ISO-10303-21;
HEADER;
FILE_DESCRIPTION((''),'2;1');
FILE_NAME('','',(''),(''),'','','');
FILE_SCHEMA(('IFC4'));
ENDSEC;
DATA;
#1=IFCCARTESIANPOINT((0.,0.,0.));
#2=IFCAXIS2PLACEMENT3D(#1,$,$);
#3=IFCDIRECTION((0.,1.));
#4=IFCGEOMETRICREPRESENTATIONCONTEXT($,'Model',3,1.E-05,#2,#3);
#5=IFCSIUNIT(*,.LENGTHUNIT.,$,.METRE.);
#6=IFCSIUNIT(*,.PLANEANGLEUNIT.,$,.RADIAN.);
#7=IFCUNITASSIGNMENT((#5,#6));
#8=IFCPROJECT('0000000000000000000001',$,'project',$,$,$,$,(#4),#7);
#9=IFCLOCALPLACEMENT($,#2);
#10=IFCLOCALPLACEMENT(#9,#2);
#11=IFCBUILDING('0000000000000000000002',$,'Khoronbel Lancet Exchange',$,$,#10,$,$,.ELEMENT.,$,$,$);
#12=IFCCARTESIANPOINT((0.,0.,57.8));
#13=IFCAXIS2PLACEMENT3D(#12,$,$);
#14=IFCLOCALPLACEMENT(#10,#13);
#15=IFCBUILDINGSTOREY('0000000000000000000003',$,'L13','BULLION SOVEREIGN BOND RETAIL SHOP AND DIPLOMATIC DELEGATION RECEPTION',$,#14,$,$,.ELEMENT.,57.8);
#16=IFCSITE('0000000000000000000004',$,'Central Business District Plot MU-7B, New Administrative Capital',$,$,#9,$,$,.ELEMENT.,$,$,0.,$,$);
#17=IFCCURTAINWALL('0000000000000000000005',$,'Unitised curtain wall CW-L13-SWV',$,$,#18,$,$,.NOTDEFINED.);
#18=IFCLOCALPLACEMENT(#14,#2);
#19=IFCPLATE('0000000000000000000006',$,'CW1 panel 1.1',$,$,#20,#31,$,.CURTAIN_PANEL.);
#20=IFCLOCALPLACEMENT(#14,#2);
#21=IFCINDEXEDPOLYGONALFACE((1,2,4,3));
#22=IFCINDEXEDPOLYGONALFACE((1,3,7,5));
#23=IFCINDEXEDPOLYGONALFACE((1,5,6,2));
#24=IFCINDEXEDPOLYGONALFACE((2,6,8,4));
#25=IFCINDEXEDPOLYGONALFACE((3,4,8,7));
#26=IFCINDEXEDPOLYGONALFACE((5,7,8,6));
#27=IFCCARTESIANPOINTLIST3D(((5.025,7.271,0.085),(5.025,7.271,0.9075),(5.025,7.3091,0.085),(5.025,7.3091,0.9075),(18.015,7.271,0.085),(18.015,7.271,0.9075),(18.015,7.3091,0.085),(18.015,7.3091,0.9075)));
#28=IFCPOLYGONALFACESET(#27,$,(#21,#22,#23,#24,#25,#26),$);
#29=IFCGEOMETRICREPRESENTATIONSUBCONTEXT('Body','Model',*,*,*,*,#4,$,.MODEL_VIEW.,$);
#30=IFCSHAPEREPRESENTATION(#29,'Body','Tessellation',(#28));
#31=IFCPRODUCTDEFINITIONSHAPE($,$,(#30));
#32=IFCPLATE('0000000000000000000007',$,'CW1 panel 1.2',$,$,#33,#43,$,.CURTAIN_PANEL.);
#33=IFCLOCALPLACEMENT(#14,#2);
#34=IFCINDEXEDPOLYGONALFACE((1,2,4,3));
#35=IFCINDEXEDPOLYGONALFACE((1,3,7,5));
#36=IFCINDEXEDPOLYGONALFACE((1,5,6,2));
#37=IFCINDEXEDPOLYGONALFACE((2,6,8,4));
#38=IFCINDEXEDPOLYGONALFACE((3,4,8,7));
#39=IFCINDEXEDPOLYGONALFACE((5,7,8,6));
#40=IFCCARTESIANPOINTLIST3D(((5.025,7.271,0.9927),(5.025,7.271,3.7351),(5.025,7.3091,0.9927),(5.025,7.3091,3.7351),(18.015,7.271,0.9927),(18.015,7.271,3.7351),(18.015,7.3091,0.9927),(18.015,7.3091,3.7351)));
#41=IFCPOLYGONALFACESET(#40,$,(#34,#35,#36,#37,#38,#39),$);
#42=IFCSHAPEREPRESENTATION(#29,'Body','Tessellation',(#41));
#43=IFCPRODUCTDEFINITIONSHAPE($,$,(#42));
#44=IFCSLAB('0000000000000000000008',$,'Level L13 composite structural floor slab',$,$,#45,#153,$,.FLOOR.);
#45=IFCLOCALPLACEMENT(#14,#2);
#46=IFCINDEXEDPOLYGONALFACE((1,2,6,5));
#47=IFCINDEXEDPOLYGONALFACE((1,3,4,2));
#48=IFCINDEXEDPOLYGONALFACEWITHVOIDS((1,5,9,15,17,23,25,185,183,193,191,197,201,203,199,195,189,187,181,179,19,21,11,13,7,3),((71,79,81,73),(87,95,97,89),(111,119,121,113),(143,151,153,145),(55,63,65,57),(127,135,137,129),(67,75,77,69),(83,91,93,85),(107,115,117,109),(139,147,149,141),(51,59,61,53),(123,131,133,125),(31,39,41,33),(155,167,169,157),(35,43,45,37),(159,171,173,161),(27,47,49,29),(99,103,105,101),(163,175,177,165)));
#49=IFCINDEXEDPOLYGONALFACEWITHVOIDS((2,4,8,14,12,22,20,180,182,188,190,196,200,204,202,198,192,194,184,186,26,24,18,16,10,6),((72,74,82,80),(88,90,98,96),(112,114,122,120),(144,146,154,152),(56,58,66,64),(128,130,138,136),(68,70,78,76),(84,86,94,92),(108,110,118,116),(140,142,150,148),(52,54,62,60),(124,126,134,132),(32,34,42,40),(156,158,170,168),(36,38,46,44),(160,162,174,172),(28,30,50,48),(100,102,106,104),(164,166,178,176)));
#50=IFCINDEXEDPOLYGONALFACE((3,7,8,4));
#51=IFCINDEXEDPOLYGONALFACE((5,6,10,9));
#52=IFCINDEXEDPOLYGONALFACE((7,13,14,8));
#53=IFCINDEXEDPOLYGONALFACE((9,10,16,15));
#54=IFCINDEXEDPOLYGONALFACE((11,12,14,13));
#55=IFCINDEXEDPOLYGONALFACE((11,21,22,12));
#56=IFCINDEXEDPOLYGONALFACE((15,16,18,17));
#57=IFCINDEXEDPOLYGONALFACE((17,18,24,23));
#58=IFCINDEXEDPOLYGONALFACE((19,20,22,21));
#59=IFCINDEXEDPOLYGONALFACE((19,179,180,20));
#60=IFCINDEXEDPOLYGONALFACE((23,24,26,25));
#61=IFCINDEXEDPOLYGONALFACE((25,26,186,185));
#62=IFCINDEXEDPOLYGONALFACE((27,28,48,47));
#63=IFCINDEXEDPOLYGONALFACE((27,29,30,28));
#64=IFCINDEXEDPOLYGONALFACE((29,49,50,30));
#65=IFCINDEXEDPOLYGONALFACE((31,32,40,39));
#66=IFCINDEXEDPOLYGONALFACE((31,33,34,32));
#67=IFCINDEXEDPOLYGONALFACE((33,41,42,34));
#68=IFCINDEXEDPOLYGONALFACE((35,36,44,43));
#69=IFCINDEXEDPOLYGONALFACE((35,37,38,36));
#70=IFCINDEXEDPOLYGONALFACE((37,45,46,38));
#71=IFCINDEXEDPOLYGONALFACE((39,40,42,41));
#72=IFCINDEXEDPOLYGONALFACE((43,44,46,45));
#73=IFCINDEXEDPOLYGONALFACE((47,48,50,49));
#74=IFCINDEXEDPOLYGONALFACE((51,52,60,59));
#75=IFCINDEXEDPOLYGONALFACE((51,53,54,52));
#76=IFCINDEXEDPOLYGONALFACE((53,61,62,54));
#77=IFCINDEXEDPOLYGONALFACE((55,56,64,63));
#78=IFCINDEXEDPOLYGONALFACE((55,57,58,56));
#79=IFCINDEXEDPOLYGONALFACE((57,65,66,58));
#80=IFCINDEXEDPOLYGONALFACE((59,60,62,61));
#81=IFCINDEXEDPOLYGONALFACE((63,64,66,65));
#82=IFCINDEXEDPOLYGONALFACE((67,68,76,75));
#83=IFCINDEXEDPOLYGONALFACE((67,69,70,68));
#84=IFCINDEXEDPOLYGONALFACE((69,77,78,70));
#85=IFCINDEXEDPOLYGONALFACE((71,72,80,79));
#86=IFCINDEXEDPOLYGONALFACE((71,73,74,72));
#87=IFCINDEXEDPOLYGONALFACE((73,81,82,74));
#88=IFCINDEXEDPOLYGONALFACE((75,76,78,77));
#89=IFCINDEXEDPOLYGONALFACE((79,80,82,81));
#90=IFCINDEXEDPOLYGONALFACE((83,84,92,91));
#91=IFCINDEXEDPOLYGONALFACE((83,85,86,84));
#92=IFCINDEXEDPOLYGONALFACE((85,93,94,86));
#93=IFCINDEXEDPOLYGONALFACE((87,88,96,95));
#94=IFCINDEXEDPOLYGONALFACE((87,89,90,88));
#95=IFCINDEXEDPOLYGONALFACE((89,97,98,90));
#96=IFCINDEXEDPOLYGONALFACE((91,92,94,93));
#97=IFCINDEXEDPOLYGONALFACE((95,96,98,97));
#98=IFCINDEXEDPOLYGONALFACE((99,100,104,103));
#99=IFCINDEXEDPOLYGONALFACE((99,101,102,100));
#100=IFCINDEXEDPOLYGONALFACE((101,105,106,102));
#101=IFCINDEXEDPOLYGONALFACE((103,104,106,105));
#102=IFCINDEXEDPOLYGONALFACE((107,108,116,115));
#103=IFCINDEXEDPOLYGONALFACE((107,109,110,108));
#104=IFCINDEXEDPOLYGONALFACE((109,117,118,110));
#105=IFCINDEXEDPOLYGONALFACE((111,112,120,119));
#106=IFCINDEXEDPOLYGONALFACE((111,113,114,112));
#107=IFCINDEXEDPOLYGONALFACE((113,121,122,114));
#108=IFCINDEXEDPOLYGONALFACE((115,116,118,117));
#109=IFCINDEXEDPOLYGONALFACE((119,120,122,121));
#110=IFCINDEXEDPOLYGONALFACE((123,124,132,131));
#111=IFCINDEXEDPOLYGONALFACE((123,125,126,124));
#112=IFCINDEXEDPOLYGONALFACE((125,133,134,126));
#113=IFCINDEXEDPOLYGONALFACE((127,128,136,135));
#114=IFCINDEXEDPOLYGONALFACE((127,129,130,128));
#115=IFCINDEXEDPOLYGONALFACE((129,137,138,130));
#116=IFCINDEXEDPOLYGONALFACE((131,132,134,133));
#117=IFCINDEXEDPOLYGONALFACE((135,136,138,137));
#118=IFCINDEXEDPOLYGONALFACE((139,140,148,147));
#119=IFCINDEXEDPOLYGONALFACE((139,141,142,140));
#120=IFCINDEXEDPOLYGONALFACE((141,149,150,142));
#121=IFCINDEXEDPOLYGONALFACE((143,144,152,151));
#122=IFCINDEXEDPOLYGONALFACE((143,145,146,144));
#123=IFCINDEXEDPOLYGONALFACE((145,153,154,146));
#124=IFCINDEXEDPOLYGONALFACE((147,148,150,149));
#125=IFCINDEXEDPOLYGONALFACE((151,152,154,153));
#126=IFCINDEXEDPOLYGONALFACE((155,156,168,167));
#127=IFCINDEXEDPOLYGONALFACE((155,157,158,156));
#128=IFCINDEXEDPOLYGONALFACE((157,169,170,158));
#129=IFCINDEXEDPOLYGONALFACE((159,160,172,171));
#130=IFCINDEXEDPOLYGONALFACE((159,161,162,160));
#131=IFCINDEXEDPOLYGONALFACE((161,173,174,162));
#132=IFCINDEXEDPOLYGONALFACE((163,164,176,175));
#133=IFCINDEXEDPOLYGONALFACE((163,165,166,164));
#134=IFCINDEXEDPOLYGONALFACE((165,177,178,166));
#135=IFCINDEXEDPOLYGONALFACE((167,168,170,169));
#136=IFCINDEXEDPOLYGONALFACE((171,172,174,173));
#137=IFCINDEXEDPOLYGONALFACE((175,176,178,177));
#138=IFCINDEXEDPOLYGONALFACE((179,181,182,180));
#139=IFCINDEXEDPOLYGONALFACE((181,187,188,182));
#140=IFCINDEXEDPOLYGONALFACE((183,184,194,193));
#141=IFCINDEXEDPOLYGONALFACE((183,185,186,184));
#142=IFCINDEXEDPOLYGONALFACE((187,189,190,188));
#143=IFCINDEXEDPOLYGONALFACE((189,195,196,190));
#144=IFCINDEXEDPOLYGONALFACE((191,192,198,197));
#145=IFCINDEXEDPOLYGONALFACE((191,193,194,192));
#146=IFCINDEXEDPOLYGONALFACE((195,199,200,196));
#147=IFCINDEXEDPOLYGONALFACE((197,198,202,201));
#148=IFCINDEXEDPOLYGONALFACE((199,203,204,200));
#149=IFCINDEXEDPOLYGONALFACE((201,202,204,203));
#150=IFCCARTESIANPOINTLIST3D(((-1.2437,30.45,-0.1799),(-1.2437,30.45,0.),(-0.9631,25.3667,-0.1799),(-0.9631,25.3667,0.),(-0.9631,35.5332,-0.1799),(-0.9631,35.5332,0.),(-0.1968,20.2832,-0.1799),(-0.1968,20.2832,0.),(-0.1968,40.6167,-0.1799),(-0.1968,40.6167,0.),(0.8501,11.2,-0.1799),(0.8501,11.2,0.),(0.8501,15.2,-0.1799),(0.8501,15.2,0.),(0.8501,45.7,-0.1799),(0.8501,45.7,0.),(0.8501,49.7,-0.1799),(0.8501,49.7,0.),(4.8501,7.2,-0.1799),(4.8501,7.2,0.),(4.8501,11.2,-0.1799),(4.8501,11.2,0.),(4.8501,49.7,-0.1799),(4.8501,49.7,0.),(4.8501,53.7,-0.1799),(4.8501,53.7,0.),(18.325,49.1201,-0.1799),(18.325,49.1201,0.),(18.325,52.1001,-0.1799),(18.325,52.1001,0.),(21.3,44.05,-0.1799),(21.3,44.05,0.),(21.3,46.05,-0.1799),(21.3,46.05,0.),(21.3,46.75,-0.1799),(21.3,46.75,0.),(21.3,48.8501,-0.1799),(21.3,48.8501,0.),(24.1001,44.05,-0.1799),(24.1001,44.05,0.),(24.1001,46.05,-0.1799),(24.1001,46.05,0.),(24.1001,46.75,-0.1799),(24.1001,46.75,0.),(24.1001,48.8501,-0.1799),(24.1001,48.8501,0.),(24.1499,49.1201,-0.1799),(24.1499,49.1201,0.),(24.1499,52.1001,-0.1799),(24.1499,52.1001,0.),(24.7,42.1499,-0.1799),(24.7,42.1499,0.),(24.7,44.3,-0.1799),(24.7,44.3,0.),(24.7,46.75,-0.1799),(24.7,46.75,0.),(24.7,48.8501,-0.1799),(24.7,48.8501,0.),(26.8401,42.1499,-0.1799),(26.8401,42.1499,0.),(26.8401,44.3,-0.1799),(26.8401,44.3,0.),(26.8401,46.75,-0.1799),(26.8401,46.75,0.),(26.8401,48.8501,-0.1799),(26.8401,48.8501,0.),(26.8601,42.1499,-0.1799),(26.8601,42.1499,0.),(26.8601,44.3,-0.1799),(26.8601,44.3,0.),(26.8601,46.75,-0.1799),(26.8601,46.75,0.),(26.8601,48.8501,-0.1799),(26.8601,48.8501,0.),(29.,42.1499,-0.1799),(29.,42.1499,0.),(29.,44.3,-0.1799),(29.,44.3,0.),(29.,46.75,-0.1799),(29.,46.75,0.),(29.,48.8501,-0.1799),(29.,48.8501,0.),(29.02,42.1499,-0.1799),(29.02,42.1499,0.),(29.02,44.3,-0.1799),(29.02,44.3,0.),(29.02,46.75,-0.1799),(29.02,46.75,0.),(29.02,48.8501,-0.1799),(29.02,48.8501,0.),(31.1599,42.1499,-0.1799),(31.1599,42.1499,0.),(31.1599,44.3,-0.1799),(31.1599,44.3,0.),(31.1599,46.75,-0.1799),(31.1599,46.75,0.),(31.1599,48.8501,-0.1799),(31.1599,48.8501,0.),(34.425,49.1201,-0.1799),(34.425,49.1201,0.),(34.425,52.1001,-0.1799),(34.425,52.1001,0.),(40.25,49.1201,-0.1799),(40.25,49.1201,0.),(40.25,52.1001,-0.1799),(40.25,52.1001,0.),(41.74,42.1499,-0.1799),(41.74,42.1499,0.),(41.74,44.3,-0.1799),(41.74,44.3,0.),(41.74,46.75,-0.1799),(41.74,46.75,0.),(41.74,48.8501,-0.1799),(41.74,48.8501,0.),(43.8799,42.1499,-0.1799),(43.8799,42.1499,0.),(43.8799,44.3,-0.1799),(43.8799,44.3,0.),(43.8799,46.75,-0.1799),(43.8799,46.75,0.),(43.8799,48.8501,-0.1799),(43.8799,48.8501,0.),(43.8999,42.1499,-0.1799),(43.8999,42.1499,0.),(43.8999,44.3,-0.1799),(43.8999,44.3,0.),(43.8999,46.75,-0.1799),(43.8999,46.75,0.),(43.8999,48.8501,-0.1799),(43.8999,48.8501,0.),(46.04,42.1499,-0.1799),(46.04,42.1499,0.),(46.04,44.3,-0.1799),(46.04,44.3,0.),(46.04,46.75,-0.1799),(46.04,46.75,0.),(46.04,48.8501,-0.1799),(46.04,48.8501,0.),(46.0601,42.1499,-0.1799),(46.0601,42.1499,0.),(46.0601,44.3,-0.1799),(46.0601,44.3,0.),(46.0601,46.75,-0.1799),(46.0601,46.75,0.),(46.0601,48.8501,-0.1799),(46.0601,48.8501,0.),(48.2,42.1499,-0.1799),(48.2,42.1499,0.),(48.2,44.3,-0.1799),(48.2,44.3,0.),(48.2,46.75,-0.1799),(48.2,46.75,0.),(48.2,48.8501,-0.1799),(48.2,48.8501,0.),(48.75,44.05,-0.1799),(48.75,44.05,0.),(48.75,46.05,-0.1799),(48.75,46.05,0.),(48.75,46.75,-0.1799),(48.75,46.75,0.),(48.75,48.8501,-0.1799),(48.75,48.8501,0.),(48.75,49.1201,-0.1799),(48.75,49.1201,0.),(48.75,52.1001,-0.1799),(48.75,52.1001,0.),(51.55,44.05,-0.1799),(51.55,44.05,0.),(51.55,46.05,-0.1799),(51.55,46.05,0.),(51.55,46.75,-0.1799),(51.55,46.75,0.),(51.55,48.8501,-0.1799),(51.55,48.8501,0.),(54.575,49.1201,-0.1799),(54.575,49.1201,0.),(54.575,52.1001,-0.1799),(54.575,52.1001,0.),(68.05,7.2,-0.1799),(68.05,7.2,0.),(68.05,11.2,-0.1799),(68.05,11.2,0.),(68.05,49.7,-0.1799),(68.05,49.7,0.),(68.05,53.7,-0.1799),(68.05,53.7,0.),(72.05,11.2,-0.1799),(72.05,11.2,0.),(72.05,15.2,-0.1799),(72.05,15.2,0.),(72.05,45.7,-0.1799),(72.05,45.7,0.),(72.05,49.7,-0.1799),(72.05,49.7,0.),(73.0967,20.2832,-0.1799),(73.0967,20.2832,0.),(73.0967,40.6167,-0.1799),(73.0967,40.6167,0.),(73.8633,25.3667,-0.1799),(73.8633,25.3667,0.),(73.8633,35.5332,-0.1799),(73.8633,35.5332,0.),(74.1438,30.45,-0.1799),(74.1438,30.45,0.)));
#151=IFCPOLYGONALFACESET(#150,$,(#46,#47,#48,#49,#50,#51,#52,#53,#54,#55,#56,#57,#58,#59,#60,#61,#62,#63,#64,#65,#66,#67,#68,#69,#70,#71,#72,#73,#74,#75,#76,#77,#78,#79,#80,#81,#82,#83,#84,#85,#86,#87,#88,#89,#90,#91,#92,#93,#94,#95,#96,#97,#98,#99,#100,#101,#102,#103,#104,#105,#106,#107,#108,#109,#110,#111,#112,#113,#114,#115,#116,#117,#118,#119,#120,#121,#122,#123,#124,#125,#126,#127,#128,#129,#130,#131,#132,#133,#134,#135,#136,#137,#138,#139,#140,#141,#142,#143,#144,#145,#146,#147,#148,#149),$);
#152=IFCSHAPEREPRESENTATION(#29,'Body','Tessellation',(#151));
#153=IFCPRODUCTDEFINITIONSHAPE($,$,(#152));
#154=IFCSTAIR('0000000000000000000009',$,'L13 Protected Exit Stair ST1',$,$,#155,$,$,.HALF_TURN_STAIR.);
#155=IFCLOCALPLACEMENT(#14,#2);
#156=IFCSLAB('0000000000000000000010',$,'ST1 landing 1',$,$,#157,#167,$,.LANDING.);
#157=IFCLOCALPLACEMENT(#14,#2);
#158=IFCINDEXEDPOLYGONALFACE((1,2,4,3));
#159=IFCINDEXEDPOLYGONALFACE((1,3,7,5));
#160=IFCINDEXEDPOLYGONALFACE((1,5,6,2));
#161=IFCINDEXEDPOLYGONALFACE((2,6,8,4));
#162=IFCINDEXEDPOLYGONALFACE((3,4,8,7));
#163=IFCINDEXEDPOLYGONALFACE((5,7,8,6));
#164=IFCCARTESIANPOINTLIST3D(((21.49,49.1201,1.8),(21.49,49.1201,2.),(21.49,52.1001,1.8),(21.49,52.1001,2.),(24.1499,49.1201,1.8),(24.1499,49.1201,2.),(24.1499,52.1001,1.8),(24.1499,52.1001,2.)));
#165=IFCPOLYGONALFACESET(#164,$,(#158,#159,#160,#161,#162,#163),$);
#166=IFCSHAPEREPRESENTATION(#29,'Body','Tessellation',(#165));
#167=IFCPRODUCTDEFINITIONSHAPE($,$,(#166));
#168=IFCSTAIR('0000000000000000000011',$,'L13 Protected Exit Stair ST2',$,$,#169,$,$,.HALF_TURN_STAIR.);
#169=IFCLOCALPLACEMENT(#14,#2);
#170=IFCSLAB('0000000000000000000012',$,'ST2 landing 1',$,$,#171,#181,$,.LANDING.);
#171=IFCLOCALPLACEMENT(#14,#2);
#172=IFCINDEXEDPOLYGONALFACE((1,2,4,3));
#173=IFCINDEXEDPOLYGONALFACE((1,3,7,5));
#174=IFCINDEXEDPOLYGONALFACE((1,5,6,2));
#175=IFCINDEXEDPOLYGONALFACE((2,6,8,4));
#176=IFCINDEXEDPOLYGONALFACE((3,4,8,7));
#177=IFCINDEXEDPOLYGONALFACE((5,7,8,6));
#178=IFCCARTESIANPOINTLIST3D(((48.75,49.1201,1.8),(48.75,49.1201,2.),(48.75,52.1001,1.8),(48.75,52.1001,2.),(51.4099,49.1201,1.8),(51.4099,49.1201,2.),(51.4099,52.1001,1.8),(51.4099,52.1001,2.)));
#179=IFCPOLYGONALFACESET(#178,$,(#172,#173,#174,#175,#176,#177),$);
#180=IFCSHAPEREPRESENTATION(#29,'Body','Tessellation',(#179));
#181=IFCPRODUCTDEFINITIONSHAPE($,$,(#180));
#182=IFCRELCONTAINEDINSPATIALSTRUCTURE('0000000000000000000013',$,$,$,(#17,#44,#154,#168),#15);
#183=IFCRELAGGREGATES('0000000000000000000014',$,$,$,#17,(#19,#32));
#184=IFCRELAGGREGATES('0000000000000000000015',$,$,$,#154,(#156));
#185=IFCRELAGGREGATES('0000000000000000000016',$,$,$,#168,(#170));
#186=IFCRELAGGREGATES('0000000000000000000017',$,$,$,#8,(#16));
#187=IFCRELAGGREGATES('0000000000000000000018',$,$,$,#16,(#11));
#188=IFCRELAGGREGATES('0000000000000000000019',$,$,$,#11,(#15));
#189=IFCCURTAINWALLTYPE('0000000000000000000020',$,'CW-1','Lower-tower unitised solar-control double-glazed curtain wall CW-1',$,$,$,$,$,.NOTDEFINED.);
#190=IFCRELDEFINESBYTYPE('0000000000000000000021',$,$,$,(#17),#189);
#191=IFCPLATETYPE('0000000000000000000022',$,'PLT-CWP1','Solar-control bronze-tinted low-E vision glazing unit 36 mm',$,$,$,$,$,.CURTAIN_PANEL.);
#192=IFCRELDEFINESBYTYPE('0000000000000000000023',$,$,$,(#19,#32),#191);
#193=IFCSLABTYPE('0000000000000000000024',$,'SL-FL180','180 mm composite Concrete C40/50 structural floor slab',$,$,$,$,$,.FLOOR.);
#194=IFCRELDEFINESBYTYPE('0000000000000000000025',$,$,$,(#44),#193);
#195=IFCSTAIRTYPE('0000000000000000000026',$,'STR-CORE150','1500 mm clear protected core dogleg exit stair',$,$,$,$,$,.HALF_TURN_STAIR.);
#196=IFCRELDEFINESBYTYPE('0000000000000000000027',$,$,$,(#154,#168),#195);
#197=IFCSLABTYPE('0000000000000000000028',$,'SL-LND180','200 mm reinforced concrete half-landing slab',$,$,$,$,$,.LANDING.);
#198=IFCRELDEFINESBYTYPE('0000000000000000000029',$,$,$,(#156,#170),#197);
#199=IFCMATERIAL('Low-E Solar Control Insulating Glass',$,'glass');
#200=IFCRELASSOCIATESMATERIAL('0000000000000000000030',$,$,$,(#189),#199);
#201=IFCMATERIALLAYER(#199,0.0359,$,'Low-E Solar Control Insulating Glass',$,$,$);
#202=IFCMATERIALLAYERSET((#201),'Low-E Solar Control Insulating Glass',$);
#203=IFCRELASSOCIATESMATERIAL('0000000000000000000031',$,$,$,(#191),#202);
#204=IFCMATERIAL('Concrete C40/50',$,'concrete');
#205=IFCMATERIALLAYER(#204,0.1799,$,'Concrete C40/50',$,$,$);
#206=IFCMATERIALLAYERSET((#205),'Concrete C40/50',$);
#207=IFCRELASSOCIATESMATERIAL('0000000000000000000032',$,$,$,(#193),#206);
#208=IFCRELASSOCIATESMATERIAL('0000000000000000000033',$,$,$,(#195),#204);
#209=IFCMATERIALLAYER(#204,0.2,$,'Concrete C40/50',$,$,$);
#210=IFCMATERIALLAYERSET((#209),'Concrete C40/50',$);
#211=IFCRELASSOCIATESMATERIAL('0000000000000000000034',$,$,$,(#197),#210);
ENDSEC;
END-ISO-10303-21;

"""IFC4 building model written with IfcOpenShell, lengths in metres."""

from ifc_helpers import new_model, si_unit, direction, frame, origin, origin_2d, place, context, subcontext, project, spatial, polyline, rectangle, outline, extrude, material, layer, layer_set, type_object, element, aggregate, save


model = new_model("IFC4")

# Units and contexts
model_context = context("Model", 3, precision=1e-05, world=origin(), true_north=direction((0.0, 1.0)))
body_context = subcontext(model_context, "Body", "Model", "MODEL_VIEW")
ifc_project = project(units=[si_unit("LENGTHUNIT", "METRE"), si_unit("PLANEANGLEUNIT", "RADIAN")], contexts=[model_context])

# Site, building, storey
site_placement = place(None, origin())
site = spatial("IfcSite", under=ifc_project, at=site_placement, Name="Central Business District Plot MU-7B, New Administrative Capital", CompositionType="ELEMENT", RefElevation=0.0)
building_placement = place(site_placement, origin())
building = spatial("IfcBuilding", under=site, at=building_placement, Name="Khoronbel Lancet Exchange", CompositionType="ELEMENT")
storey_placement = place(building_placement, frame((0.0, 0.0, 57.8)))
storey = spatial("IfcBuildingStorey", under=building, at=storey_placement, Name="L13", Description="BULLION SOVEREIGN BOND RETAIL SHOP AND DIPLOMATIC DELEGATION RECEPTION", CompositionType="ELEMENT", Elevation=57.8)

# Curtain wall
ifc_material_1 = material(Name="Low-E Solar Control Insulating Glass", Category="glass")
curtain_wall_type = type_object("IfcCurtainWallType", Name="CW-1", Description="Lower-tower unitised solar-control double-glazed curtain wall CW-1", PredefinedType="NOTDEFINED", material=ifc_material_1)
curtain_wall_1_placement = place(storey_placement, origin())
curtain_wall_1 = element("IfcCurtainWall", 1, at=curtain_wall_1_placement, inside=storey, type_object=curtain_wall_type, Name="Unitised curtain wall CW-L13-SWV", PredefinedType="NOTDEFINED")

# Plates
ifc_layer_1 = layer(ifc_material_1, 0.0359, Name="Low-E Solar Control Insulating Glass")
ifc_layer_set_1 = layer_set([ifc_layer_1], Name="Low-E Solar Control Insulating Glass")
plate_type = type_object("IfcPlateType", Name="PLT-CWP1", Description="Solar-control bronze-tinted low-E vision glazing unit 36 mm", PredefinedType="CURTAIN_PANEL", material=ifc_layer_set_1)
plate_1_placement = place(storey_placement, frame((11.52, 7.29, 0.085), z_axis=(0.0, 0.0, 1.0), x_axis=(1.0, 0.0, 0.0)))
plate_1 = element("IfcPlate", 2, at=plate_1_placement, type_object=plate_type, Name="CW1 panel 1.1", PredefinedType="CURTAIN_PANEL", context=body_context, shape_type="SweptSolid", body=[
    extrude(rectangle(XDim=12.99, YDim=0.0381, at=origin_2d()), origin(), (0.0, 0.0, 1.0), 0.8225),
])
plate_2_placement = place(storey_placement, frame((11.52, 7.29, 0.9927), z_axis=(0.0, 0.0, 1.0), x_axis=(1.0, 0.0, 0.0)))
plate_2 = element("IfcPlate", 3, at=plate_2_placement, type_object=plate_type, Name="CW1 panel 1.2", PredefinedType="CURTAIN_PANEL", context=body_context, shape_type="SweptSolid", body=[
    extrude(rectangle(XDim=12.99, YDim=0.0381, at=origin_2d()), origin(), (0.0, 0.0, 1.0), 2.7424),
])
aggregate(curtain_wall_1, [plate_1, plate_2])

# Slab
ifc_material_2 = material(Name="Concrete C40/50", Category="concrete")
ifc_layer_2 = layer(ifc_material_2, 0.1799, Name="Concrete C40/50")
ifc_layer_set_2 = layer_set([ifc_layer_2], Name="Concrete C40/50")
slab_type_1 = type_object("IfcSlabType", Name="SL-FL180", Description="180 mm composite Concrete C40/50 structural floor slab", PredefinedType="FLOOR", material=ifc_layer_set_2)
slab_1_placement = place(storey_placement, frame((0.0, 0.0, -0.1799)))
element("IfcSlab", 4, at=slab_1_placement, inside=storey, type_object=slab_type_1, Name="Level L13 composite structural floor slab", PredefinedType="FLOOR", context=body_context, shape_type="SweptSolid", body=[
    extrude(outline(polyline([(4.8501, 7.2), (68.05, 7.2), (68.05, 11.2), (72.05, 11.2), (72.05, 15.2), (73.0967, 20.2832), (73.8633, 25.3667), (74.1438, 30.45), (73.8633, 35.5332), (73.0967, 40.6167), (72.05, 45.7), (72.05, 49.7), (68.05, 49.7), (68.05, 53.7), (4.8501, 53.7), (4.8501, 49.7), (0.8501, 49.7), (0.8501, 45.7), (-0.1968, 40.6167), (-0.9631, 35.5332), (-1.2437, 30.45), (-0.9631, 25.3667), (-0.1968, 20.2832), (0.8501, 15.2), (0.8501, 11.2), (4.8501, 11.2), (4.8501, 7.2)]), holes=[polyline([(18.325, 49.1201), (24.1499, 49.1201), (24.1499, 52.1001), (18.325, 52.1001), (18.325, 49.1201)]), polyline([(48.75, 49.1201), (54.575, 49.1201), (54.575, 52.1001), (48.75, 52.1001), (48.75, 49.1201)]), polyline([(34.425, 49.1201), (40.25, 49.1201), (40.25, 52.1001), (34.425, 52.1001), (34.425, 49.1201)]), polyline([(24.7, 46.75), (26.8401, 46.75), (26.8401, 48.8501), (24.7, 48.8501), (24.7, 46.75)]), polyline([(26.8601, 46.75), (29.0, 46.75), (29.0, 48.8501), (26.8601, 48.8501), (26.8601, 46.75)]), polyline([(29.02, 46.75), (31.1599, 46.75), (31.1599, 48.8501), (29.02, 48.8501), (29.02, 46.75)]), polyline([(24.7, 42.1499), (26.8401, 42.1499), (26.8401, 44.3), (24.7, 44.3), (24.7, 42.1499)]), polyline([(26.8601, 42.1499), (29.0, 42.1499), (29.0, 44.3), (26.8601, 44.3), (26.8601, 42.1499)]), polyline([(29.02, 42.1499), (31.1599, 42.1499), (31.1599, 44.3), (29.02, 44.3), (29.02, 42.1499)]), polyline([(41.74, 46.75), (43.8799, 46.75), (43.8799, 48.8501), (41.74, 48.8501), (41.74, 46.75)]), polyline([(43.8999, 46.75), (46.04, 46.75), (46.04, 48.8501), (43.8999, 48.8501), (43.8999, 46.75)]), polyline([(46.0601, 46.75), (48.2, 46.75), (48.2, 48.8501), (46.0601, 48.8501), (46.0601, 46.75)]), polyline([(41.74, 42.1499), (43.8799, 42.1499), (43.8799, 44.3), (41.74, 44.3), (41.74, 42.1499)]), polyline([(43.8999, 42.1499), (46.04, 42.1499), (46.04, 44.3), (43.8999, 44.3), (43.8999, 42.1499)]), polyline([(46.0601, 42.1499), (48.2, 42.1499), (48.2, 44.3), (46.0601, 44.3), (46.0601, 42.1499)]), polyline([(21.3, 46.75), (24.1001, 46.75), (24.1001, 48.8501), (21.3, 48.8501), (21.3, 46.75)]), polyline([(48.75, 46.75), (51.55, 46.75), (51.55, 48.8501), (48.75, 48.8501), (48.75, 46.75)]), polyline([(21.3, 44.05), (24.1001, 44.05), (24.1001, 46.05), (21.3, 46.05), (21.3, 44.05)]), polyline([(48.75, 44.05), (51.55, 44.05), (51.55, 46.05), (48.75, 46.05), (48.75, 44.05)])]), origin(), (0.0, 0.0, 1.0), 0.1799),
])

# Stairs, slabs
stair_type = type_object("IfcStairType", Name="STR-CORE150", Description="1500 mm clear protected core dogleg exit stair", PredefinedType="HALF_TURN_STAIR", material=ifc_material_2)
stair_1_placement = place(storey_placement, origin())
stair_1 = element("IfcStair", 5, at=stair_1_placement, inside=storey, type_object=stair_type, Name="L13 Protected Exit Stair ST1", PredefinedType="HALF_TURN_STAIR")
ifc_layer_3 = layer(ifc_material_2, 0.2, Name="Concrete C40/50")
ifc_layer_set_3 = layer_set([ifc_layer_3], Name="Concrete C40/50")
slab_type_2 = type_object("IfcSlabType", Name="SL-LND180", Description="200 mm reinforced concrete half-landing slab", PredefinedType="LANDING", material=ifc_layer_set_3)
slab_2_placement = place(storey_placement, frame((0.0, 0.0, 1.8)))
slab_2 = element("IfcSlab", 6, at=slab_2_placement, type_object=slab_type_2, Name="ST1 landing 1", PredefinedType="LANDING", context=body_context, shape_type="SweptSolid", body=[
    extrude(outline(polyline([(21.49, 49.1201), (24.1499, 49.1201), (24.1499, 52.1001), (21.49, 52.1001), (21.49, 49.1201)])), origin(), (0.0, 0.0, 1.0), 0.2),
])
aggregate(stair_1, [slab_2])
stair_2_placement = place(storey_placement, origin())
stair_2 = element("IfcStair", 7, at=stair_2_placement, inside=storey, type_object=stair_type, Name="L13 Protected Exit Stair ST2", PredefinedType="HALF_TURN_STAIR")
slab_3_placement = place(storey_placement, frame((0.0, 0.0, 1.8)))
slab_3 = element("IfcSlab", 8, at=slab_3_placement, type_object=slab_type_2, Name="ST2 landing 1", PredefinedType="LANDING", context=body_context, shape_type="SweptSolid", body=[
    extrude(outline(polyline([(51.4099, 52.1001), (48.75, 52.1001), (48.75, 49.1201), (51.4099, 49.1201), (51.4099, 52.1001)])), origin(), (0.0, 0.0, 1.0), 0.2),
])
aggregate(stair_2, [slab_3])

save(model, "model.ifc")
